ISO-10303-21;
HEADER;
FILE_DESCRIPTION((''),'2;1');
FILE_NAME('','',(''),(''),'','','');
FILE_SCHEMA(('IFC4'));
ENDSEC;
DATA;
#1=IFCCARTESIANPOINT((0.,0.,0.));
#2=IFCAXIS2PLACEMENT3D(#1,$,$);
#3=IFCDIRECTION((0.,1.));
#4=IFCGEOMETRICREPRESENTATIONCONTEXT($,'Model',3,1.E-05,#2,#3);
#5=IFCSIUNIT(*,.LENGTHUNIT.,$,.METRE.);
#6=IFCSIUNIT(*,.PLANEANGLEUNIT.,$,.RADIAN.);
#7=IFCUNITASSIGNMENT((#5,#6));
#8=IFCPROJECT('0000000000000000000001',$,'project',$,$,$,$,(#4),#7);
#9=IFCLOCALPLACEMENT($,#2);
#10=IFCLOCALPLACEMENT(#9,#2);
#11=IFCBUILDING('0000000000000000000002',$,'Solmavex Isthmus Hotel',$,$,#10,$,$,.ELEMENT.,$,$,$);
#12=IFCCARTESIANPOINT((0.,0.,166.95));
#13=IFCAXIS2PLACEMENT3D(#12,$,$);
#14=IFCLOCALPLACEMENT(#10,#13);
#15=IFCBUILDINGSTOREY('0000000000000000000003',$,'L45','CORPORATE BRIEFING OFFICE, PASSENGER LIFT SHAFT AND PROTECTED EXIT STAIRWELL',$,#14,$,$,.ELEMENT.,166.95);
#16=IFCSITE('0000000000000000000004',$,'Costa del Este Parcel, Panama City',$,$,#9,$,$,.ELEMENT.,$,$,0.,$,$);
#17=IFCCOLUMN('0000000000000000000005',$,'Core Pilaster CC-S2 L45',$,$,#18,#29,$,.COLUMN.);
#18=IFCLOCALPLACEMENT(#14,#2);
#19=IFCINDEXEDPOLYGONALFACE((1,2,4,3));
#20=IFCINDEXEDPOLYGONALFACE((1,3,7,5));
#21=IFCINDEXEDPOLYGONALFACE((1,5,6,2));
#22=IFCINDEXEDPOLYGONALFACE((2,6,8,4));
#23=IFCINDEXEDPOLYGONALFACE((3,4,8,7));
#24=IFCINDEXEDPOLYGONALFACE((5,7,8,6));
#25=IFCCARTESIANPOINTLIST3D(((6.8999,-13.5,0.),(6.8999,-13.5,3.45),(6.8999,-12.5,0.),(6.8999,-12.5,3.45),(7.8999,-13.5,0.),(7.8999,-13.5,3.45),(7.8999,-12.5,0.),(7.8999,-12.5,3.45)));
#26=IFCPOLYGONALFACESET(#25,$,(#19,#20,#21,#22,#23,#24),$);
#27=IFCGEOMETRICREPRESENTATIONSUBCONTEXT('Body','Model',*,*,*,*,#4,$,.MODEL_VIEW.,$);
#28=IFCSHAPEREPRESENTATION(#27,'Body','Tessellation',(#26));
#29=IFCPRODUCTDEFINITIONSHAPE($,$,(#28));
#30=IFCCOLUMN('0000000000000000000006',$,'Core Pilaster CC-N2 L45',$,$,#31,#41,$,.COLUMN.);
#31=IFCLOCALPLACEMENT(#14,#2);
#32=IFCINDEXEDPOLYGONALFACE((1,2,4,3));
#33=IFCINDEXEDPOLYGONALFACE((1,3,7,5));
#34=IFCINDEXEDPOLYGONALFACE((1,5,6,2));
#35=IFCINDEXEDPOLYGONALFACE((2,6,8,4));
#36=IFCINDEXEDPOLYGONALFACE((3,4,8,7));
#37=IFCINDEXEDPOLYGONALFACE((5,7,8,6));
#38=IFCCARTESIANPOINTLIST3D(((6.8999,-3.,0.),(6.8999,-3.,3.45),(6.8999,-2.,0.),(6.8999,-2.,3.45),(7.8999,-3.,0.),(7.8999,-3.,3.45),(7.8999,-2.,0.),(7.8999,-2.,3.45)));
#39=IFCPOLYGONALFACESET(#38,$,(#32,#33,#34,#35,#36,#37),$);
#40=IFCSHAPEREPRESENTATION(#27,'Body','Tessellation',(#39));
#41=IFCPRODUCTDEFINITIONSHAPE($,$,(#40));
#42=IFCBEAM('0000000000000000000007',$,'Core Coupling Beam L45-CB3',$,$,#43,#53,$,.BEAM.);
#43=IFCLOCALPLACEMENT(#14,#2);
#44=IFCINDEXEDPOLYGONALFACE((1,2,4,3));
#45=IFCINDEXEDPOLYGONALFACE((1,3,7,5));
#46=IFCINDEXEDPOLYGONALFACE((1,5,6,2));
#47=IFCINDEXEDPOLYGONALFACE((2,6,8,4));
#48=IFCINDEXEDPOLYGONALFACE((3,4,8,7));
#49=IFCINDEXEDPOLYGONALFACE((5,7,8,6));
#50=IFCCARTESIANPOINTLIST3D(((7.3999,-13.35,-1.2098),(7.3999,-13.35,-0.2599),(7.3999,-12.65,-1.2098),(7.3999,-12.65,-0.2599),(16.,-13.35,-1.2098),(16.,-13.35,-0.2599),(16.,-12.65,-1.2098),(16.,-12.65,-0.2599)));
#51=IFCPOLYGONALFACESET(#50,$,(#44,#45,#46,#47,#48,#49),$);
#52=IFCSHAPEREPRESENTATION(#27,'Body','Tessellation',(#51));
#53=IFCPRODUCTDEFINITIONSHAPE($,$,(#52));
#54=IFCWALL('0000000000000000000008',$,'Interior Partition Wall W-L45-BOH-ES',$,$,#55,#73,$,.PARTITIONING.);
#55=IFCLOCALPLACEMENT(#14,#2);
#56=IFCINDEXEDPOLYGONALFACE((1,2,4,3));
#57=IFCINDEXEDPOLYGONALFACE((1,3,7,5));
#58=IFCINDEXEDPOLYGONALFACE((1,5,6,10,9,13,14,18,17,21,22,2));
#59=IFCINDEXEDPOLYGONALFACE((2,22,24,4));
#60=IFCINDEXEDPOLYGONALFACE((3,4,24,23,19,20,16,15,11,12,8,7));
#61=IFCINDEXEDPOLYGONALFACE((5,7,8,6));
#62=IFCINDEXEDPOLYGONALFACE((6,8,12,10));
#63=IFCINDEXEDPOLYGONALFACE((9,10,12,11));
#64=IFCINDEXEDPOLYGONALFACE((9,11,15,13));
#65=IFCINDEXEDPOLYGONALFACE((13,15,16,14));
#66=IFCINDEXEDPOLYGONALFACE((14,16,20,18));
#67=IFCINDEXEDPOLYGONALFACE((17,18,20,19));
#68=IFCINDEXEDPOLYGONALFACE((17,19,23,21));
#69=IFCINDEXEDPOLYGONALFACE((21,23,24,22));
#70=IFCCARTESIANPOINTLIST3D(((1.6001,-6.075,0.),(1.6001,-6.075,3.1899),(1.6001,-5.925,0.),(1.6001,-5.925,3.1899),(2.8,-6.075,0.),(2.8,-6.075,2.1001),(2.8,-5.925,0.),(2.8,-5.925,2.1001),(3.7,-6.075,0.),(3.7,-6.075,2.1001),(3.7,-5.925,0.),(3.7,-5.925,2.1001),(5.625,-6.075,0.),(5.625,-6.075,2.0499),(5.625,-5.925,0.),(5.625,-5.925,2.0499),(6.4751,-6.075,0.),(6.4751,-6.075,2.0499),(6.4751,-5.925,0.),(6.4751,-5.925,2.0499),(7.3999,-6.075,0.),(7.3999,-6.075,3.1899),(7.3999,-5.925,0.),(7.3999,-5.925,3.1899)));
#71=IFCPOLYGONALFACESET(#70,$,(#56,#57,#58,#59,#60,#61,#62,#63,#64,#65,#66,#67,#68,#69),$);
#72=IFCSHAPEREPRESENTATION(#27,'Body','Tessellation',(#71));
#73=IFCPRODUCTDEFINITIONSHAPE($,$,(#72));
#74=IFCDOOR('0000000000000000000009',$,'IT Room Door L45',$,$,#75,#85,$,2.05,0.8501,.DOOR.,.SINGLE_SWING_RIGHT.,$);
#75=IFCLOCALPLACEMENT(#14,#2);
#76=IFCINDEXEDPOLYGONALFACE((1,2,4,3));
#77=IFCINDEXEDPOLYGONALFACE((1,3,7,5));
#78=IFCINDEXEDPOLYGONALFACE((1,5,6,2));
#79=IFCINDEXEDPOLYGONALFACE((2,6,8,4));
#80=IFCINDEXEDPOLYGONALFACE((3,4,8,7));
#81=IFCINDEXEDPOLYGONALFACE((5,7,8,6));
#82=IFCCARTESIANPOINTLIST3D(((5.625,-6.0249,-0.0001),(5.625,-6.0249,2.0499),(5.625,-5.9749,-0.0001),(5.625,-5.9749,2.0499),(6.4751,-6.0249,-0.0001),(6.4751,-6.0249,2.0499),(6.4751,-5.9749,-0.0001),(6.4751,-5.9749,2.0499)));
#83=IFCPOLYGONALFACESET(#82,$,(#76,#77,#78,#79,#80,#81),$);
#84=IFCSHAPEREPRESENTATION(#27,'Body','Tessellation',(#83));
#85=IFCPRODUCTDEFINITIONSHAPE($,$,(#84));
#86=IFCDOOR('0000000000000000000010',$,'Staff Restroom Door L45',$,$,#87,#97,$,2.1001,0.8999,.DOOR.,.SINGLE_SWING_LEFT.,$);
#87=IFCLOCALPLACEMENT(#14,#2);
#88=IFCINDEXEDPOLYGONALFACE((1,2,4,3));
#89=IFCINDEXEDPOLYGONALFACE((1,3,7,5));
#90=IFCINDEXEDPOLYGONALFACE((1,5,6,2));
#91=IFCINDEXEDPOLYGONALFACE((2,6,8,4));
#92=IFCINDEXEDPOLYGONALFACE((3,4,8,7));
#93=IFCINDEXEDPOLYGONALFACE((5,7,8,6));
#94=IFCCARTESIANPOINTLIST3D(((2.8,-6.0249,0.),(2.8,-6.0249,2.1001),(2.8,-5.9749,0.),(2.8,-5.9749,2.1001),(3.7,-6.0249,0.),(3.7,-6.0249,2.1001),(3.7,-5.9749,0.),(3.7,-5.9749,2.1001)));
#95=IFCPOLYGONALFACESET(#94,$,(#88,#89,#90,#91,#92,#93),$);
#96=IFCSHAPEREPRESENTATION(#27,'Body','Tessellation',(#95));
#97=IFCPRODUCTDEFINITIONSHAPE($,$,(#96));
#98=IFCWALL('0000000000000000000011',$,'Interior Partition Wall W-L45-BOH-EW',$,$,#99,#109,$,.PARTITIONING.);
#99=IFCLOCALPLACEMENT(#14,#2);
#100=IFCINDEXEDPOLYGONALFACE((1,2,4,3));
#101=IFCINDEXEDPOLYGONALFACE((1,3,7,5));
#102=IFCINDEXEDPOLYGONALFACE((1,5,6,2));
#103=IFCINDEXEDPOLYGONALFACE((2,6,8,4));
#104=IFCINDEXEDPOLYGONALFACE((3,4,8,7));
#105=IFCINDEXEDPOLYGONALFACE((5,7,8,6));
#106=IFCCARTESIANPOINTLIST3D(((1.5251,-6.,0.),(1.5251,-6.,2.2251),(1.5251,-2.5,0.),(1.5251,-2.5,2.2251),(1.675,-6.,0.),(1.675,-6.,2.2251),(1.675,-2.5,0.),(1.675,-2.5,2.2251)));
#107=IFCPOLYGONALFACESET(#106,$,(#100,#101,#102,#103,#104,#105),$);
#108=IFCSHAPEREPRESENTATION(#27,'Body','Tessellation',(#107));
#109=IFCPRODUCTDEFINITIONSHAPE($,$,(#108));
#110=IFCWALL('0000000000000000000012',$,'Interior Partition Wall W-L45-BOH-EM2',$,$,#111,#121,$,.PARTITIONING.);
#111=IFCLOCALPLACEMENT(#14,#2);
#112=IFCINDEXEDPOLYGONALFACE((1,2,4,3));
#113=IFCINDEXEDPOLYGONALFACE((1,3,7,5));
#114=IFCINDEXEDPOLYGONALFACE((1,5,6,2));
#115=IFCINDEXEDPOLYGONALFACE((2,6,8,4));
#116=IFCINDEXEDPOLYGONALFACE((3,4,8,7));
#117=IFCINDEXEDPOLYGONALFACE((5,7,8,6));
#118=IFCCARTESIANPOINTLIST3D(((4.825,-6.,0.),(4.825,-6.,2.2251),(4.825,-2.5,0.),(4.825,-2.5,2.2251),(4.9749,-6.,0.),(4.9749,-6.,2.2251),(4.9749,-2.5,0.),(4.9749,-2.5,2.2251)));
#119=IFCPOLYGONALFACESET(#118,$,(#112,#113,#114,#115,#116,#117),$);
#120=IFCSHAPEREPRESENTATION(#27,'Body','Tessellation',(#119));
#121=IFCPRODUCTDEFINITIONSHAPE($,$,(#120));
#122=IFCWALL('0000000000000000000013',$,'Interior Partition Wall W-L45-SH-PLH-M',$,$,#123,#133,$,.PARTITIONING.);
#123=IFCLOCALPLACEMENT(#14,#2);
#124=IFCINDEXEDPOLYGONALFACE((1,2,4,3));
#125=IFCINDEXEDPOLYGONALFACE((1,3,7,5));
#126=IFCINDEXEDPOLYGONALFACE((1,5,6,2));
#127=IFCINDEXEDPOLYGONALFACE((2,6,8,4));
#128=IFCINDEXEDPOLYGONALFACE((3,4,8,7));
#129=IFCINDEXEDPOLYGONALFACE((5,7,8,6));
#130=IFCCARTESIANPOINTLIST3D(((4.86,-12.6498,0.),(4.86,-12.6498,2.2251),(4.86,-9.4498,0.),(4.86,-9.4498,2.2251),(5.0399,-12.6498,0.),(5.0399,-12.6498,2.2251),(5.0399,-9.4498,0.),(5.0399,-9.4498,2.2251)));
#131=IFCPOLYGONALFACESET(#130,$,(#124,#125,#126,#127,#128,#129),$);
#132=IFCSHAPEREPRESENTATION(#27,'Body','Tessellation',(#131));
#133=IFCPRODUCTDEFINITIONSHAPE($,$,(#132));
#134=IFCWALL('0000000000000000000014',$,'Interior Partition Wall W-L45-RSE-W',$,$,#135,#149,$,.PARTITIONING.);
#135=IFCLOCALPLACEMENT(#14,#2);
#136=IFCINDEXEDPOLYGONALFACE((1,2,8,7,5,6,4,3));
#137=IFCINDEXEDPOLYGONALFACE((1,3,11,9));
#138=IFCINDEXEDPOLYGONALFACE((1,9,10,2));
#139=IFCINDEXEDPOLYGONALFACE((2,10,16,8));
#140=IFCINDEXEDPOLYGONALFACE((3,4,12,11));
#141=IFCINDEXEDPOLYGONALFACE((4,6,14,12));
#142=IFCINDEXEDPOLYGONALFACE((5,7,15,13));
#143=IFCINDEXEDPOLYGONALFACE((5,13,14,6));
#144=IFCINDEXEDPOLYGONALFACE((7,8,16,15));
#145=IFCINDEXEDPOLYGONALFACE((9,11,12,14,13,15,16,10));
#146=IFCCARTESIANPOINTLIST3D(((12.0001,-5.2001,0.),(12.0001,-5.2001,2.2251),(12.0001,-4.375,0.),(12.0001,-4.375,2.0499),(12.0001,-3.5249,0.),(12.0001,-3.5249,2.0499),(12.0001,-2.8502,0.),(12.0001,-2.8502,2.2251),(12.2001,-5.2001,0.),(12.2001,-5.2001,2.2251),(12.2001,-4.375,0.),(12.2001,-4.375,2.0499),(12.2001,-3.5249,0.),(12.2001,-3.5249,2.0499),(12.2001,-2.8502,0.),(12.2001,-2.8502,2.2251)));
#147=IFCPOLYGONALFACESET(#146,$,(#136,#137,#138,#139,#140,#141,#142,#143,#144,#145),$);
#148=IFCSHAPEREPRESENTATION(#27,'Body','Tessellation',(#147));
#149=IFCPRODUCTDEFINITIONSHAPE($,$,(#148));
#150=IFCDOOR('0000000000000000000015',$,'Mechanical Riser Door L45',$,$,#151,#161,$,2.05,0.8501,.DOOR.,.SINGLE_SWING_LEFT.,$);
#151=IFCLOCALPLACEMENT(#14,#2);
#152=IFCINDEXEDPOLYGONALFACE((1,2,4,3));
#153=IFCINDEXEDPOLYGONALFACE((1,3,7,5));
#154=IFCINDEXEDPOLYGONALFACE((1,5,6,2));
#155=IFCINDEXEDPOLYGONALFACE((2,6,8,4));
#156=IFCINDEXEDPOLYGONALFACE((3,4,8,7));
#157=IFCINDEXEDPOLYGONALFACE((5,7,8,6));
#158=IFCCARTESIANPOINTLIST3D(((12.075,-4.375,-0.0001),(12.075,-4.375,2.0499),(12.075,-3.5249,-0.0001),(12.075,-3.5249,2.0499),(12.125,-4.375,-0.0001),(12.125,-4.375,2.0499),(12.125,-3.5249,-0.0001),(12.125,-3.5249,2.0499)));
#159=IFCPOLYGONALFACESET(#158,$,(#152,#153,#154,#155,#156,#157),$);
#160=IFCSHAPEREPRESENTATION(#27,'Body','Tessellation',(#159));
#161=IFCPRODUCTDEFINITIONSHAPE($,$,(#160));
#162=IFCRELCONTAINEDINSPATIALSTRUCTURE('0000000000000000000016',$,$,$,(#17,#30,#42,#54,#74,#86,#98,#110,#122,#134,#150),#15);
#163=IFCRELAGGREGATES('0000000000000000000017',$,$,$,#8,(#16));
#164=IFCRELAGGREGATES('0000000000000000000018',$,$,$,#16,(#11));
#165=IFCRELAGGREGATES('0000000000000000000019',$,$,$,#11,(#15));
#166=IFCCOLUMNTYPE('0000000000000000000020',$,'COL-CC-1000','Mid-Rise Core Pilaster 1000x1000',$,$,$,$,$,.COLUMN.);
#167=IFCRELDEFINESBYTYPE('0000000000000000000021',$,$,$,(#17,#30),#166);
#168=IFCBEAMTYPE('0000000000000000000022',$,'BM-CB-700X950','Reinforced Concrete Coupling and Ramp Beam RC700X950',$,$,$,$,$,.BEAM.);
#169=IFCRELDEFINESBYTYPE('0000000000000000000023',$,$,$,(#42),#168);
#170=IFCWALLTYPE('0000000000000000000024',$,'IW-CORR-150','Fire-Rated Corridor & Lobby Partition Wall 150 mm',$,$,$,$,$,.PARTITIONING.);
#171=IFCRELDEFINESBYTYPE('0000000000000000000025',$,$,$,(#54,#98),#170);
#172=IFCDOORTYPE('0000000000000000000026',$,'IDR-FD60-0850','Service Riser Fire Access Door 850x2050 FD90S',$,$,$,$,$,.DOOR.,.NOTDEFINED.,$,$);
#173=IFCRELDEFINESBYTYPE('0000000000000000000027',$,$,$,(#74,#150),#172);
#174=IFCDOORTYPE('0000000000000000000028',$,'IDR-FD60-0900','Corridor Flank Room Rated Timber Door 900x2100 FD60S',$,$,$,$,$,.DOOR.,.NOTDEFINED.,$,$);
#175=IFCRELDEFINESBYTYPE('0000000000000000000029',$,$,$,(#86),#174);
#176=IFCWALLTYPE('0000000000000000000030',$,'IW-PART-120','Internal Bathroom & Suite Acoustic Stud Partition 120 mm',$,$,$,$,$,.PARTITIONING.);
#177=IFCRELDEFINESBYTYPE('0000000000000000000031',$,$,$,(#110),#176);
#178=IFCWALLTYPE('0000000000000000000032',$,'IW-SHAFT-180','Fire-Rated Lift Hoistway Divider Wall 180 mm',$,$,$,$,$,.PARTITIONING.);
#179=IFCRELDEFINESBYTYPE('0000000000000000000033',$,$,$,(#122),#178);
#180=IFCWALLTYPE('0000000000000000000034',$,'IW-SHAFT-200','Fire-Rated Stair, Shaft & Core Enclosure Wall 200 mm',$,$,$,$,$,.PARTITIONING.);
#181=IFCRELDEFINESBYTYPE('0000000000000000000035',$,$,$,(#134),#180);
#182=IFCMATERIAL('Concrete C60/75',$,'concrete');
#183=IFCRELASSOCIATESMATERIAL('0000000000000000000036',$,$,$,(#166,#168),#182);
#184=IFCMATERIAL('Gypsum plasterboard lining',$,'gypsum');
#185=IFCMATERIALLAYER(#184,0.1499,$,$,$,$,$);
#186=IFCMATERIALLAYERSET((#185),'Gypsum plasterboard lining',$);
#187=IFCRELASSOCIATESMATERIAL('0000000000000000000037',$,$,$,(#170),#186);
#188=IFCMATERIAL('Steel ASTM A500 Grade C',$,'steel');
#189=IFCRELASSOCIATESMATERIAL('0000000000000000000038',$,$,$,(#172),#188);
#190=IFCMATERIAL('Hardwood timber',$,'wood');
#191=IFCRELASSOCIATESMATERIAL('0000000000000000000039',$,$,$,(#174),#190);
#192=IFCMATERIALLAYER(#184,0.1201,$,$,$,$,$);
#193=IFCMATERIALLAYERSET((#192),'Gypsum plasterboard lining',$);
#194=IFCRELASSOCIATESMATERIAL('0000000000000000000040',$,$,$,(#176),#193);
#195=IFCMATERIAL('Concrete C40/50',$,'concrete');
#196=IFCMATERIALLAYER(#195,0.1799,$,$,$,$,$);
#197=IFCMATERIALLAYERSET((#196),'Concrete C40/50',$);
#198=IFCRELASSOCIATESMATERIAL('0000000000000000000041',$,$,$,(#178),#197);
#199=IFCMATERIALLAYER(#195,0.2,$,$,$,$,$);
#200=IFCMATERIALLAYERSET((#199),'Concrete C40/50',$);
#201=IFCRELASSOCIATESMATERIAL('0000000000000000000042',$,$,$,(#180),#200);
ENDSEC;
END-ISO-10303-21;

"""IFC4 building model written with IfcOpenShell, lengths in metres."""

from ifc_helpers import new_model, si_unit, direction, frame, frame_2d, origin, origin_2d, place, context, subcontext, project, spatial, rectangle, extrude, material, layer, layer_set, material_profile, profile_set, type_object, element, fill, save


model = new_model("IFC4")

# Units and contexts
model_context = context("Model", 3, precision=1e-05, world=origin(), true_north=direction((0.0, 1.0)))
body_context = subcontext(model_context, "Body", "Model", "MODEL_VIEW")
ifc_project = project(units=[si_unit("LENGTHUNIT", "METRE"), si_unit("PLANEANGLEUNIT", "RADIAN")], contexts=[model_context])

# Site, building, storey
site_placement = place(None, origin())
site = spatial("IfcSite", under=ifc_project, at=site_placement, Name="Costa del Este Parcel, Panama City", CompositionType="ELEMENT", RefElevation=0.0)
building_placement = place(site_placement, origin())
building = spatial("IfcBuilding", under=site, at=building_placement, Name="Solmavex Isthmus Hotel", CompositionType="ELEMENT")
storey_placement = place(building_placement, frame((0.0, 0.0, 166.95)))
storey = spatial("IfcBuildingStorey", under=building, at=storey_placement, Name="L45", Description="CORPORATE BRIEFING OFFICE, PASSENGER LIFT SHAFT AND PROTECTED EXIT STAIRWELL", CompositionType="ELEMENT", Elevation=166.95)

# Columns
ifc_material_1 = material(Name="Concrete C60/75", Category="concrete")
ifc_material_profile_1 = material_profile(ifc_material_1, rectangle(XDim=1.0, YDim=1.0, at=origin_2d()), Name="RC1000X1000")
ifc_profile_set_1 = profile_set([ifc_material_profile_1], Name="Concrete C60/75")
column_type = type_object("IfcColumnType", Name="COL-CC-1000", Description="Mid-Rise Core Pilaster 1000x1000", PredefinedType="COLUMN", material=ifc_profile_set_1)
for number, where, z_axis, x_axis, name in (
    (1, (7.3999, -13.0, 0.0), (0.0, 0.0, 1.0), (1.0, 0.0, 0.0), "Core Pilaster CC-S2 L45"),
    (2, (7.3999, -2.5, 0.0), (0.0, 0.0, 1.0), (1.0, 0.0, 0.0), "Core Pilaster CC-N2 L45"),
):
    element("IfcColumn", number, at=place(storey_placement, frame(where, z_axis=z_axis, x_axis=x_axis)), inside=storey, type_object=column_type, Name=name, PredefinedType="COLUMN", context=body_context, shape_type="SweptSolid", body=[
        extrude(rectangle(XDim=1.0, YDim=1.0, at=origin_2d()), origin(), (0.0, 0.0, 1.0), 3.45),
    ])

# Beam
ifc_material_profile_2 = material_profile(ifc_material_1, rectangle(XDim=0.7, YDim=0.95, at=origin_2d()), Name="RC700X950")
ifc_profile_set_2 = profile_set([ifc_material_profile_2], Name="Concrete C60/75")
beam_type = type_object("IfcBeamType", Name="BM-CB-700X950", Description="Reinforced Concrete Coupling and Ramp Beam RC700X950", PredefinedType="BEAM", material=ifc_profile_set_2)
beam_placement = place(storey_placement, frame((7.3999, -13.0, -0.7349), z_axis=(1.0, 0.0, 0.0), x_axis=(0.0, 1.0, 0.0)))
element("IfcBeam", 3, at=beam_placement, inside=storey, type_object=beam_type, Name="Core Coupling Beam L45-CB3", PredefinedType="BEAM", context=body_context, shape_type="SweptSolid", body=[
    extrude(rectangle(XDim=0.7, YDim=0.95, at=origin_2d()), origin(), (0.0, 0.0, 1.0), 8.6001),
])

# Wall, openings, doors
ifc_material_2 = material(Name="Gypsum plasterboard lining", Category="gypsum")
ifc_layer_1 = layer(ifc_material_2, 0.1499)
ifc_layer_set_1 = layer_set([ifc_layer_1], Name="Gypsum plasterboard lining")
wall_type_1 = type_object("IfcWallType", Name="IW-CORR-150", Description="Fire-Rated Corridor & Lobby Partition Wall 150 mm", PredefinedType="PARTITIONING", material=ifc_layer_set_1)
wall_1_placement = place(storey_placement, frame((1.6001, -6.0, 0.0), z_axis=(0.0, 0.0, 1.0), x_axis=(1.0, 0.0, 0.0)))
wall_1 = element("IfcWall", 4, at=wall_1_placement, inside=storey, type_object=wall_type_1, Name="Interior Partition Wall W-L45-BOH-ES", PredefinedType="PARTITIONING", context=body_context, shape_type="SweptSolid", body=[
    extrude(rectangle(XDim=5.7998, YDim=0.1499, at=frame_2d((2.8999, 0.0))), origin(), (0.0, 0.0, 1.0), 3.1899),
])
opening_1_placement = place(wall_1_placement, frame((1.2, 0.0, 0.0)))
opening_1 = element("IfcOpeningElement", 5, at=opening_1_placement, cuts=wall_1, PredefinedType="OPENING", context=body_context, shape_type="SweptSolid", body=[
    extrude(rectangle(XDim=0.8999, YDim=2.1001, at=frame_2d((0.45, 1.05))), frame((0.0, 0.085, 0.0), z_axis=(0.0, -1.0, 0.0), x_axis=(1.0, 0.0, 0.0)), (0.0, 0.0, 1.0), 0.1699),
])
opening_2_placement = place(wall_1_placement, frame((4.0249, 0.0, 0.0)))
opening_2 = element("IfcOpeningElement", 6, at=opening_2_placement, cuts=wall_1, PredefinedType="OPENING", context=body_context, shape_type="SweptSolid", body=[
    extrude(rectangle(XDim=0.8501, YDim=2.05, at=frame_2d((0.425, 1.0249))), frame((0.0, 0.085, 0.0), z_axis=(0.0, -1.0, 0.0), x_axis=(1.0, 0.0, 0.0)), (0.0, 0.0, 1.0), 0.1699),
])
ifc_material_3 = material(Name="Steel ASTM A500 Grade C", Category="steel")
door_type_1 = type_object("IfcDoorType", Name="IDR-FD60-0850", Description="Service Riser Fire Access Door 850x2050 FD90S", OperationType="NOTDEFINED", PredefinedType="DOOR", material=ifc_material_3)
door_1_placement = place(opening_2_placement, frame((0.8501, 0.0, 0.0), z_axis=(0.0, 0.0, 1.0), x_axis=(-1.0, 0.0, 0.0)))
door_1 = element("IfcDoor", 7, at=door_1_placement, inside=storey, type_object=door_type_1, Name="IT Room Door L45", OperationType="SINGLE_SWING_RIGHT", OverallHeight=2.05, OverallWidth=0.8501, PredefinedType="DOOR", context=body_context, shape_type="SweptSolid", body=[
    extrude(rectangle(XDim=0.8501, YDim=2.05, at=frame_2d((0.425, 1.0249))), frame((0.0, 0.0249, 0.0), z_axis=(0.0, -1.0, 0.0), x_axis=(1.0, 0.0, 0.0)), (0.0, 0.0, 1.0), 0.05),
])
fill(opening_2, door_1)
ifc_material_4 = material(Name="Hardwood timber", Category="wood")
door_type_2 = type_object("IfcDoorType", Name="IDR-FD60-0900", Description="Corridor Flank Room Rated Timber Door 900x2100 FD60S", OperationType="NOTDEFINED", PredefinedType="DOOR", material=ifc_material_4)
door_2_placement = place(opening_1_placement, frame((0.8999, 0.0, 0.0), z_axis=(0.0, 0.0, 1.0), x_axis=(-1.0, 0.0, 0.0)))
door_2 = element("IfcDoor", 8, at=door_2_placement, inside=storey, type_object=door_type_2, Name="Staff Restroom Door L45", OperationType="SINGLE_SWING_LEFT", OverallHeight=2.1001, OverallWidth=0.8999, PredefinedType="DOOR", context=body_context, shape_type="SweptSolid", body=[
    extrude(rectangle(XDim=0.8999, YDim=2.1001, at=frame_2d((0.45, 1.05))), frame((0.0, 0.0249, 0.0), z_axis=(0.0, -1.0, 0.0), x_axis=(1.0, 0.0, 0.0)), (0.0, 0.0, 1.0), 0.05),
])
fill(opening_1, door_2)

# Walls
wall_2_placement = place(storey_placement, frame((1.6001, -6.0, 0.0), z_axis=(0.0, 0.0, 1.0), x_axis=(0.0, 1.0, 0.0)))
element("IfcWall", 9, at=wall_2_placement, inside=storey, type_object=wall_type_1, Name="Interior Partition Wall W-L45-BOH-EW", PredefinedType="PARTITIONING", context=body_context, shape_type="SweptSolid", body=[
    extrude(rectangle(XDim=3.5, YDim=0.1499, at=frame_2d((1.75, 0.0))), origin(), (0.0, 0.0, 1.0), 2.2251),
])
ifc_layer_2 = layer(ifc_material_2, 0.1201)
ifc_layer_set_2 = layer_set([ifc_layer_2], Name="Gypsum plasterboard lining")
wall_type_2 = type_object("IfcWallType", Name="IW-PART-120", Description="Internal Bathroom & Suite Acoustic Stud Partition 120 mm", PredefinedType="PARTITIONING", material=ifc_layer_set_2)
wall_3_placement = place(storey_placement, frame((4.8999, -6.0, 0.0), z_axis=(0.0, 0.0, 1.0), x_axis=(0.0, 1.0, 0.0)))
element("IfcWall", 10, at=wall_3_placement, inside=storey, type_object=wall_type_2, Name="Interior Partition Wall W-L45-BOH-EM2", PredefinedType="PARTITIONING", context=body_context, shape_type="SweptSolid", body=[
    extrude(rectangle(XDim=3.5, YDim=0.1499, at=frame_2d((1.75, 0.0))), origin(), (0.0, 0.0, 1.0), 2.2251),
])
ifc_material_5 = material(Name="Concrete C40/50", Category="concrete")
ifc_layer_3 = layer(ifc_material_5, 0.1799)
ifc_layer_set_3 = layer_set([ifc_layer_3], Name="Concrete C40/50")
wall_type_3 = type_object("IfcWallType", Name="IW-SHAFT-180", Description="Fire-Rated Lift Hoistway Divider Wall 180 mm", PredefinedType="PARTITIONING", material=ifc_layer_set_3)
wall_4_placement = place(storey_placement, frame((4.95, -12.6499, 0.0), z_axis=(0.0, 0.0, 1.0), x_axis=(0.0, 1.0, 0.0)))
element("IfcWall", 11, at=wall_4_placement, inside=storey, type_object=wall_type_3, Name="Interior Partition Wall W-L45-SH-PLH-M", PredefinedType="PARTITIONING", context=body_context, shape_type="SweptSolid", body=[
    extrude(rectangle(XDim=3.2, YDim=0.1799, at=frame_2d((1.6001, 0.0))), origin(), (0.0, 0.0, 1.0), 2.2251),
])

# Wall, opening, door
ifc_layer_4 = layer(ifc_material_5, 0.2)
ifc_layer_set_4 = layer_set([ifc_layer_4], Name="Concrete C40/50")
wall_type_4 = type_object("IfcWallType", Name="IW-SHAFT-200", Description="Fire-Rated Stair, Shaft & Core Enclosure Wall 200 mm", PredefinedType="PARTITIONING", material=ifc_layer_set_4)
wall_5_placement = place(storey_placement, frame((12.1001, -5.2, 0.0), z_axis=(0.0, 0.0, 1.0), x_axis=(0.0, 1.0, 0.0)))
wall_5 = element("IfcWall", 12, at=wall_5_placement, inside=storey, type_object=wall_type_4, Name="Interior Partition Wall W-L45-RSE-W", PredefinedType="PARTITIONING", context=body_context, shape_type="SweptSolid", body=[
    extrude(rectangle(XDim=2.3499, YDim=0.2, at=frame_2d((1.1748, 0.0))), origin(), (0.0, 0.0, 1.0), 2.2251),
])
opening_3_placement = place(wall_5_placement, frame((0.825, 0.0, 0.0)))
opening_3 = element("IfcOpeningElement", 13, at=opening_3_placement, cuts=wall_5, PredefinedType="OPENING", context=body_context, shape_type="SweptSolid", body=[
    extrude(rectangle(XDim=0.8501, YDim=2.05, at=frame_2d((0.425, 1.0249))), frame((0.0, 0.1099, 0.0), z_axis=(0.0, -1.0, 0.0), x_axis=(1.0, 0.0, 0.0)), (0.0, 0.0, 1.0), 0.22),
])
door_3_placement = place(opening_3_placement, frame((0.8501, 0.0, 0.0), z_axis=(0.0, 0.0, 1.0), x_axis=(-1.0, 0.0, 0.0)))
door_3 = element("IfcDoor", 14, at=door_3_placement, inside=storey, type_object=door_type_1, Name="Mechanical Riser Door L45", OperationType="SINGLE_SWING_LEFT", OverallHeight=2.05, OverallWidth=0.8501, PredefinedType="DOOR", context=body_context, shape_type="SweptSolid", body=[
    extrude(rectangle(XDim=0.8501, YDim=2.05, at=frame_2d((0.425, 1.0249))), frame((0.0, 0.0249, 0.0), z_axis=(0.0, -1.0, 0.0), x_axis=(1.0, 0.0, 0.0)), (0.0, 0.0, 1.0), 0.05),
])
fill(opening_3, door_3)

save(model, "model.ifc")
